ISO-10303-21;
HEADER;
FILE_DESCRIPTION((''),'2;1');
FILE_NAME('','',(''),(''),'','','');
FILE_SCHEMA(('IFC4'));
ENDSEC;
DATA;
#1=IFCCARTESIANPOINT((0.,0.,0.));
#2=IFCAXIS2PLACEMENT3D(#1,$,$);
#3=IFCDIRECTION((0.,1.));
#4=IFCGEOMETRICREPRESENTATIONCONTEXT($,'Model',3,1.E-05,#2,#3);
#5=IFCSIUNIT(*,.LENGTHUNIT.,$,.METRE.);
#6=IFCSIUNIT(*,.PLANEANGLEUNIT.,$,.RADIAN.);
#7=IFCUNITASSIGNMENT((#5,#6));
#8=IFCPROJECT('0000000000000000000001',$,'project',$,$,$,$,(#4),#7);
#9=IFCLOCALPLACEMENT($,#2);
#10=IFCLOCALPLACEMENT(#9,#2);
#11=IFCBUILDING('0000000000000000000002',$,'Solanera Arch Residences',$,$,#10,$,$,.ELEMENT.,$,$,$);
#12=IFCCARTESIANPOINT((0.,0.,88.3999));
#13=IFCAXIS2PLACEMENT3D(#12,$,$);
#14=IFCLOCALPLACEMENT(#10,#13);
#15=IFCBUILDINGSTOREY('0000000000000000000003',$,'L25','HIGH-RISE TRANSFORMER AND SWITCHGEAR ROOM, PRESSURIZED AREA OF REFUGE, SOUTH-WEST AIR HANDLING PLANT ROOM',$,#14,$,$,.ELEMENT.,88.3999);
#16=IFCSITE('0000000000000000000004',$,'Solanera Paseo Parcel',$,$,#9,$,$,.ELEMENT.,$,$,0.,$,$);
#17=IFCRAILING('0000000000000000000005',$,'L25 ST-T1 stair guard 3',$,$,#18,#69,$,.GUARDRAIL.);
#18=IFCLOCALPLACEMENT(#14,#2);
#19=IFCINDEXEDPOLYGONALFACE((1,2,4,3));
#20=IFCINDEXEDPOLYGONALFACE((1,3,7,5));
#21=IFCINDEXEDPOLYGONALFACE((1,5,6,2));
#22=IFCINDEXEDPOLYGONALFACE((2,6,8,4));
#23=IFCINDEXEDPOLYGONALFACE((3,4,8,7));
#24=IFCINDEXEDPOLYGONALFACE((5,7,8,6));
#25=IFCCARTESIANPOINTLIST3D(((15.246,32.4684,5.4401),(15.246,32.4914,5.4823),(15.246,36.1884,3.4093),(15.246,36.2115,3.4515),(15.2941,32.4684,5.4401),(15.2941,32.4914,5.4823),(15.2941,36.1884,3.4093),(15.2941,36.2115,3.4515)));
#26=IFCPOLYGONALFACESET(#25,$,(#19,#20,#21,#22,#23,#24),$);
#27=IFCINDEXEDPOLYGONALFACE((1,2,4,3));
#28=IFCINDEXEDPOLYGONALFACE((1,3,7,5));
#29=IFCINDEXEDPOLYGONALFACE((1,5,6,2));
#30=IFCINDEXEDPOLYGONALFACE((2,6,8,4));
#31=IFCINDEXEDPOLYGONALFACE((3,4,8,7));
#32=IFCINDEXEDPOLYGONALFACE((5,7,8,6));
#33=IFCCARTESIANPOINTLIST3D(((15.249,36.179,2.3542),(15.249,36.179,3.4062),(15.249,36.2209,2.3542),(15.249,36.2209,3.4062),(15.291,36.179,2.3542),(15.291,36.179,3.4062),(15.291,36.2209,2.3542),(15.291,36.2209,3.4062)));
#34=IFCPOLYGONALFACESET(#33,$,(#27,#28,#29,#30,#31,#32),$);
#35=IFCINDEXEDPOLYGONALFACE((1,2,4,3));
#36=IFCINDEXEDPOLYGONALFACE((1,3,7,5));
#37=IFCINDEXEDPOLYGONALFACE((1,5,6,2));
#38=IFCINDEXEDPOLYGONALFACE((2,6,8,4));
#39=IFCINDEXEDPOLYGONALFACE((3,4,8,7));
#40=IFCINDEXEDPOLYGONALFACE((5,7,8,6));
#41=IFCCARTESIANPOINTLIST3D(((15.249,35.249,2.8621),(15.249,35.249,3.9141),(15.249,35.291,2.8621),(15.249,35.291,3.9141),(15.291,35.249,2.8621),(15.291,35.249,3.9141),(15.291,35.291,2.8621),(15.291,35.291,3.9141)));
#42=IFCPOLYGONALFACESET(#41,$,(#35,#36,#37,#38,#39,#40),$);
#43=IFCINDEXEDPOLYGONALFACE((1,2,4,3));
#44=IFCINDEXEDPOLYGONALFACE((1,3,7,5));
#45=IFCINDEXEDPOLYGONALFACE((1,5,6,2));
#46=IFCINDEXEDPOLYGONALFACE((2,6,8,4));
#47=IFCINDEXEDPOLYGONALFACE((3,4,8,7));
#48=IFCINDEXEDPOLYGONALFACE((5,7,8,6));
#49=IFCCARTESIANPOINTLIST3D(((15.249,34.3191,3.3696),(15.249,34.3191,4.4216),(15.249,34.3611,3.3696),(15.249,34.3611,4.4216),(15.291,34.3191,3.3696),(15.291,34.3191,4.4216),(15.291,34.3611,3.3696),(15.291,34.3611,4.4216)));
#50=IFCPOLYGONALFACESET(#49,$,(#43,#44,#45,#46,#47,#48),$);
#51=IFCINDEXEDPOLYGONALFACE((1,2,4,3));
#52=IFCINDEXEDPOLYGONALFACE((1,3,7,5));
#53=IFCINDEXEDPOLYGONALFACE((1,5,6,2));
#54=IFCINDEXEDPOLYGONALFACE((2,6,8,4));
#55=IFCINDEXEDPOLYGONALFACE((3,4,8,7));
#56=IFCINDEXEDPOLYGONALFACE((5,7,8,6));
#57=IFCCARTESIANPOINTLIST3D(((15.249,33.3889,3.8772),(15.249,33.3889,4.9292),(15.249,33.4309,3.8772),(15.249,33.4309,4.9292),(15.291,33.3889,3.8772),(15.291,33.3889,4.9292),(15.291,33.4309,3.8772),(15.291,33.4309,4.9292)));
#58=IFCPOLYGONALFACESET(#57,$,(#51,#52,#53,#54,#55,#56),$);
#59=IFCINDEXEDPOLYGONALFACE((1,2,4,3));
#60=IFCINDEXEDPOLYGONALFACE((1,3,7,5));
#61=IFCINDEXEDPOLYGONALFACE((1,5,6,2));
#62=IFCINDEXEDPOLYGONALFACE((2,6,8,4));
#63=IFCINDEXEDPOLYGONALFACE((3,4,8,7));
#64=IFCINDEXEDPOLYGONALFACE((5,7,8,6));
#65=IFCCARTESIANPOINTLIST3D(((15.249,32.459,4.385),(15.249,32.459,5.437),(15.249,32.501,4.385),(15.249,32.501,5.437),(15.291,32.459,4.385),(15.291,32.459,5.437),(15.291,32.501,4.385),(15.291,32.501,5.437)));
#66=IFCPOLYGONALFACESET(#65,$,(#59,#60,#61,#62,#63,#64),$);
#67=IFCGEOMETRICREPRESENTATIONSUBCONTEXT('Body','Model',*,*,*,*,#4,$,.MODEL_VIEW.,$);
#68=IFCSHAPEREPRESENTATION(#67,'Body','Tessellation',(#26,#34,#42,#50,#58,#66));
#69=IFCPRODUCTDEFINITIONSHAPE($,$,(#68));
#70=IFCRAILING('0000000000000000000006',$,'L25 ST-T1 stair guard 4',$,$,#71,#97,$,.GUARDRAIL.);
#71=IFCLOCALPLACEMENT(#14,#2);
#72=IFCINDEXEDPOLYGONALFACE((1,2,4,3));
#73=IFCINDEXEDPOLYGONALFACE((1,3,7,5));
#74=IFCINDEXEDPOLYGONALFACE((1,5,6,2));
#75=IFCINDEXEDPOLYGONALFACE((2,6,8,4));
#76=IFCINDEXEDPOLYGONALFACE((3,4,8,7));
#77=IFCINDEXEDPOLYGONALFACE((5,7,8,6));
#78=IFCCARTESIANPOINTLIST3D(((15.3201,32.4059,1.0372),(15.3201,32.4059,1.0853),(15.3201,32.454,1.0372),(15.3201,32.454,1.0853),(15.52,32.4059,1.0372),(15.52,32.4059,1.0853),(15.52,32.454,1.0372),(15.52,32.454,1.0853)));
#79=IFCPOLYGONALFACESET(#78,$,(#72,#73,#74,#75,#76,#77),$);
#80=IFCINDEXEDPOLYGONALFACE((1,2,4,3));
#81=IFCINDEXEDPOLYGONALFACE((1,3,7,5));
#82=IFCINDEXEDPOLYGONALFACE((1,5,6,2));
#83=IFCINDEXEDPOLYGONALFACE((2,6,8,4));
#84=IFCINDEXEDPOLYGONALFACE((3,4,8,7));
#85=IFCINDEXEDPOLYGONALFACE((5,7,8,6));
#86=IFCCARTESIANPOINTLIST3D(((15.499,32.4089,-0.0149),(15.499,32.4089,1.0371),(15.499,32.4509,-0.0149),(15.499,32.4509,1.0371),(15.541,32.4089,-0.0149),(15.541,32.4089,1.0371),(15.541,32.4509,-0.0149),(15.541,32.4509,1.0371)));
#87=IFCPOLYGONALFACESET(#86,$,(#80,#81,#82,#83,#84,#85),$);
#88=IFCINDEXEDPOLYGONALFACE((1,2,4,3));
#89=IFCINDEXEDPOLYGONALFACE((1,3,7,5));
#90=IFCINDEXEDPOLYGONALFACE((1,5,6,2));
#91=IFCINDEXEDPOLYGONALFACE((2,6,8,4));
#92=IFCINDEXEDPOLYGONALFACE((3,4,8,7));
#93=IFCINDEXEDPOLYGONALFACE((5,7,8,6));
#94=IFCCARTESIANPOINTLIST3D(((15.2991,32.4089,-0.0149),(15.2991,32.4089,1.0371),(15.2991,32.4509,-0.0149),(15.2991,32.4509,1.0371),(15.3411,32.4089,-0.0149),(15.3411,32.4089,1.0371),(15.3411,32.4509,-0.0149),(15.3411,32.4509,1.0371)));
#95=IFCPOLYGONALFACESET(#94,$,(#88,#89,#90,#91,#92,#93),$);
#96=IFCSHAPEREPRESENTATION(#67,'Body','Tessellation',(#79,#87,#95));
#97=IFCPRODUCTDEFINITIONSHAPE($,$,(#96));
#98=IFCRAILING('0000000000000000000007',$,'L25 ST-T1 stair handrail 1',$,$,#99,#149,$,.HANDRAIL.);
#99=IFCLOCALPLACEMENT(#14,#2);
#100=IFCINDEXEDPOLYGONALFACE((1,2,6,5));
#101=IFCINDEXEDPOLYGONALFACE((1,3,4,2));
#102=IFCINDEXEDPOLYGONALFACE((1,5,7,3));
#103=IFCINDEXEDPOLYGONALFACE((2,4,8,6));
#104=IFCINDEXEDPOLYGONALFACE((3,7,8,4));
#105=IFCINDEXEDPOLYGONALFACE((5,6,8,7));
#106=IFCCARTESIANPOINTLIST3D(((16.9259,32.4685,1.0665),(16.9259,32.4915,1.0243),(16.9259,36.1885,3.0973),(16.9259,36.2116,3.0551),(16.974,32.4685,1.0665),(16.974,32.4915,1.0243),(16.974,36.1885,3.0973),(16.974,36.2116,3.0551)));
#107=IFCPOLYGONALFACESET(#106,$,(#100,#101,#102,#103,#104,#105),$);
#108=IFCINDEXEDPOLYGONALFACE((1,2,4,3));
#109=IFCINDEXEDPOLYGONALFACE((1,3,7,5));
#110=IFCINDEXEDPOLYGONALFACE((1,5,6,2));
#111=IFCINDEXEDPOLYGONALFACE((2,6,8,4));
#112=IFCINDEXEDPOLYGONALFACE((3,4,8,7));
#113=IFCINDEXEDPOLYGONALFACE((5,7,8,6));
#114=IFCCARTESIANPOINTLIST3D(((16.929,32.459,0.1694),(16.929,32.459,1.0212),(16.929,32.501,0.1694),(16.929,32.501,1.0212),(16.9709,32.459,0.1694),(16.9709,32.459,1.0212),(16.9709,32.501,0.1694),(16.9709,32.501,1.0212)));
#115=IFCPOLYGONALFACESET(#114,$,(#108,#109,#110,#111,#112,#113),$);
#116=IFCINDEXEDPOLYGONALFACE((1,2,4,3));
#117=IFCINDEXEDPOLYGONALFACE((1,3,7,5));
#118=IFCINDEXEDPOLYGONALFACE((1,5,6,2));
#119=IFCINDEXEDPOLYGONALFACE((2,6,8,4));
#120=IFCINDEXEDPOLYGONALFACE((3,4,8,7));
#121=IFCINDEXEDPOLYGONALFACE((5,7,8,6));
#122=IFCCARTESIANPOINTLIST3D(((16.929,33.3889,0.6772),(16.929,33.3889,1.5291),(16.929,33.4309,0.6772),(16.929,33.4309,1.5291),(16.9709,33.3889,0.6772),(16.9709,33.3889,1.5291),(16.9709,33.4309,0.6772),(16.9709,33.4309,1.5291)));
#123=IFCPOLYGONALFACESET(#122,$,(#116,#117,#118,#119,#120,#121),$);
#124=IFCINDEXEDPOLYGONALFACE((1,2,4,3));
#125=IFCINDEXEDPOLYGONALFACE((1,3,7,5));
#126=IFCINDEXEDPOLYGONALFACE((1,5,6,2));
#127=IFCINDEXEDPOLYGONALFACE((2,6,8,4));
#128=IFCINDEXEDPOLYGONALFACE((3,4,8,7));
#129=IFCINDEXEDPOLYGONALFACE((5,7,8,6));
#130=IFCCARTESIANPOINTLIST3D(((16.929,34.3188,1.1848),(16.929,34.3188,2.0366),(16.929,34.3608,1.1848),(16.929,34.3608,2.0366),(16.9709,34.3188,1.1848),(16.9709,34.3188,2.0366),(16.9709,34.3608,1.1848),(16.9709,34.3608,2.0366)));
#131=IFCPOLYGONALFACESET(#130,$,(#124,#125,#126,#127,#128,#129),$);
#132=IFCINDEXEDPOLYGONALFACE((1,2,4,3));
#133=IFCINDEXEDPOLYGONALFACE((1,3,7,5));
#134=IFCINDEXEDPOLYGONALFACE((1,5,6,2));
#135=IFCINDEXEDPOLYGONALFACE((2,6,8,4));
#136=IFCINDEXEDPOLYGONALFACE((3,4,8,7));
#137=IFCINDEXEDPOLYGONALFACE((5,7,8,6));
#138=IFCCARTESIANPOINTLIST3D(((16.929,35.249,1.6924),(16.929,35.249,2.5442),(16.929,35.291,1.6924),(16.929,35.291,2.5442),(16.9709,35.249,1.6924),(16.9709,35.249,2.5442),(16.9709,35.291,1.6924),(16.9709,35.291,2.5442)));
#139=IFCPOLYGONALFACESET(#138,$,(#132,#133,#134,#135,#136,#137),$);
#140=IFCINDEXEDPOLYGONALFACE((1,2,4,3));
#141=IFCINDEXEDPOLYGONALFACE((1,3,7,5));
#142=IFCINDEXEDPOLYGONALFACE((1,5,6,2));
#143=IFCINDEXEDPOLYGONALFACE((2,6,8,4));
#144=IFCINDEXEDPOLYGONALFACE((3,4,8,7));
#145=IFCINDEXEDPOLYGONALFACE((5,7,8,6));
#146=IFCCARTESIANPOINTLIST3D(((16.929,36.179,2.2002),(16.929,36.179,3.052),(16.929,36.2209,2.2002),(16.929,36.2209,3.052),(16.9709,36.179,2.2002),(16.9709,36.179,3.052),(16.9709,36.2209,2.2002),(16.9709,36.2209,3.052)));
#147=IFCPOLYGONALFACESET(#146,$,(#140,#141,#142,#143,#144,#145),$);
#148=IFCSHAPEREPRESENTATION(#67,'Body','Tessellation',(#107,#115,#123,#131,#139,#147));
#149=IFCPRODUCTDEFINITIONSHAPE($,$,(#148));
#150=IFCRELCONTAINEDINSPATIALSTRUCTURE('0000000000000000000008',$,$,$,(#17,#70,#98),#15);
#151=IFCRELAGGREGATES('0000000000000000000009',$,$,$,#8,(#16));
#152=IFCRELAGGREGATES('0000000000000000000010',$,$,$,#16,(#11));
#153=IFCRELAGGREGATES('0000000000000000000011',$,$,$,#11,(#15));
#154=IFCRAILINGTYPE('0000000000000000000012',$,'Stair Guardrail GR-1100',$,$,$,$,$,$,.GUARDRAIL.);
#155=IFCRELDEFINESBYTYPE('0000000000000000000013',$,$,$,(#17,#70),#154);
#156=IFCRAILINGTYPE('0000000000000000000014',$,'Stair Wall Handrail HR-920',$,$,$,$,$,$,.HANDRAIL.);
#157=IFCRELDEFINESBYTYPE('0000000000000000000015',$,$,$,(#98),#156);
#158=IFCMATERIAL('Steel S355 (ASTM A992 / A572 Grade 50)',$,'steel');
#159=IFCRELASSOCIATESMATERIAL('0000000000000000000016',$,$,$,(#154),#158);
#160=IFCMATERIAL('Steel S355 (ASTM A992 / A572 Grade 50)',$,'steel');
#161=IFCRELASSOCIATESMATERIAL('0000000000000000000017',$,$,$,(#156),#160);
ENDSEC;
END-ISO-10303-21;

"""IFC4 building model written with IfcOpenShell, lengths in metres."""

from ifc_helpers import new_model, si_unit, direction, frame, origin, origin_2d, place, context, subcontext, project, spatial, rectangle, extrude, material, type_object, element, save


model = new_model("IFC4")

# Units and contexts
model_context = context("Model", 3, precision=1e-05, world=origin(), true_north=direction((0.0, 1.0)))
body_context = subcontext(model_context, "Body", "Model", "MODEL_VIEW")
ifc_project = project(units=[si_unit("LENGTHUNIT", "METRE"), si_unit("PLANEANGLEUNIT", "RADIAN")], contexts=[model_context])

# Site, building, storey
site_placement = place(None, origin())
site = spatial("IfcSite", under=ifc_project, at=site_placement, Name="Solanera Paseo Parcel", CompositionType="ELEMENT", RefElevation=0.0)
building_placement = place(site_placement, origin())
building = spatial("IfcBuilding", under=site, at=building_placement, Name="Solanera Arch Residences", CompositionType="ELEMENT")
storey_placement = place(building_placement, frame((0.0, 0.0, 88.3999)))
storey = spatial("IfcBuildingStorey", under=building, at=storey_placement, Name="L25", Description="HIGH-RISE TRANSFORMER AND SWITCHGEAR ROOM, PRESSURIZED AREA OF REFUGE, SOUTH-WEST AIR HANDLING PLANT ROOM", CompositionType="ELEMENT", Elevation=88.3999)

# Railings
ifc_material_1 = material(Name="Steel S355 (ASTM A992 / A572 Grade 50)", Category="steel")
railing_type_1 = type_object("IfcRailingType", Name="Stair Guardrail GR-1100", PredefinedType="GUARDRAIL", material=ifc_material_1)
railing_1_placement = place(storey_placement, frame((15.27, 36.2, 2.3542)))
element("IfcRailing", 1, at=railing_1_placement, inside=storey, type_object=railing_type_1, Name="L25 ST-T1 stair guard 3", PredefinedType="GUARDRAIL", context=body_context, shape_type="SweptSolid", body=[
    extrude(rectangle(XDim=0.0481, YDim=0.0481, at=origin_2d()), frame((0.0, 0.0, 1.0762), z_axis=(0.0, -0.877728, 0.479159), x_axis=(1.0, 0.0, 0.0)), (0.0, 0.0, 1.0), 4.2383),
    extrude(rectangle(XDim=0.042, YDim=0.042, at=origin_2d()), origin(), (0.0, 0.0, 1.0), 1.052),
    extrude(rectangle(XDim=0.042, YDim=0.042, at=origin_2d()), frame((0.0, -0.9299, 0.5078)), (0.0, 0.0, 1.0), 1.052),
    extrude(rectangle(XDim=0.042, YDim=0.042, at=origin_2d()), frame((0.0, -1.8599, 1.0154)), (0.0, 0.0, 1.0), 1.052),
    extrude(rectangle(XDim=0.042, YDim=0.042, at=origin_2d()), frame((0.0, -2.79, 1.5229)), (0.0, 0.0, 1.0), 1.052),
    extrude(rectangle(XDim=0.042, YDim=0.042, at=origin_2d()), frame((0.0, -3.72, 2.0308)), (0.0, 0.0, 1.0), 1.052),
])
railing_2_placement = place(storey_placement, frame((15.52, 32.4299, -0.0149)))
element("IfcRailing", 2, at=railing_2_placement, inside=storey, type_object=railing_type_1, Name="L25 ST-T1 stair guard 4", PredefinedType="GUARDRAIL", context=body_context, shape_type="SweptSolid", body=[
    extrude(rectangle(XDim=0.0481, YDim=0.0481, at=origin_2d()), frame((0.0, 0.0, 1.0762), z_axis=(-1.0, 0.0, 0.0), x_axis=(0.0, -1.0, 0.0)), (0.0, 0.0, 1.0), 0.2),
    extrude(rectangle(XDim=0.042, YDim=0.042, at=origin_2d()), origin(), (0.0, 0.0, 1.0), 1.052),
    extrude(rectangle(XDim=0.042, YDim=0.042, at=origin_2d()), frame((-0.2, 0.0, 0.0)), (0.0, 0.0, 1.0), 1.052),
])
ifc_material_2 = material(Name="Steel S355 (ASTM A992 / A572 Grade 50)", Category="steel")
railing_type_2 = type_object("IfcRailingType", Name="Stair Wall Handrail HR-920", PredefinedType="HANDRAIL", material=ifc_material_2)
railing_3_placement = place(storey_placement, frame((16.95, 32.48, 0.1694)))
element("IfcRailing", 3, at=railing_3_placement, inside=storey, type_object=railing_type_2, Name="L25 ST-T1 stair handrail 1", PredefinedType="HANDRAIL", context=body_context, shape_type="SweptSolid", body=[
    extrude(rectangle(XDim=0.0481, YDim=0.0481, at=origin_2d()), frame((0.0, 0.0, 0.876), z_axis=(0.0, 0.877728, 0.479159), x_axis=(-1.0, 0.0, 0.0)), (0.0, 0.0, 1.0), 4.2383),
    extrude(rectangle(XDim=0.042, YDim=0.042, at=origin_2d()), origin(), (0.0, 0.0, 1.0), 0.8518),
    extrude(rectangle(XDim=0.042, YDim=0.042, at=origin_2d()), frame((0.0, 0.9299, 0.5078)), (0.0, 0.0, 1.0), 0.8518),
    extrude(rectangle(XDim=0.042, YDim=0.042, at=origin_2d()), frame((0.0, 1.8599, 1.0154)), (0.0, 0.0, 1.0), 0.8518),
    extrude(rectangle(XDim=0.042, YDim=0.042, at=origin_2d()), frame((0.0, 2.79, 1.5229)), (0.0, 0.0, 1.0), 0.8518),
    extrude(rectangle(XDim=0.042, YDim=0.042, at=origin_2d()), frame((0.0, 3.72, 2.0308)), (0.0, 0.0, 1.0), 0.8518),
])

save(model, "model.ifc")
